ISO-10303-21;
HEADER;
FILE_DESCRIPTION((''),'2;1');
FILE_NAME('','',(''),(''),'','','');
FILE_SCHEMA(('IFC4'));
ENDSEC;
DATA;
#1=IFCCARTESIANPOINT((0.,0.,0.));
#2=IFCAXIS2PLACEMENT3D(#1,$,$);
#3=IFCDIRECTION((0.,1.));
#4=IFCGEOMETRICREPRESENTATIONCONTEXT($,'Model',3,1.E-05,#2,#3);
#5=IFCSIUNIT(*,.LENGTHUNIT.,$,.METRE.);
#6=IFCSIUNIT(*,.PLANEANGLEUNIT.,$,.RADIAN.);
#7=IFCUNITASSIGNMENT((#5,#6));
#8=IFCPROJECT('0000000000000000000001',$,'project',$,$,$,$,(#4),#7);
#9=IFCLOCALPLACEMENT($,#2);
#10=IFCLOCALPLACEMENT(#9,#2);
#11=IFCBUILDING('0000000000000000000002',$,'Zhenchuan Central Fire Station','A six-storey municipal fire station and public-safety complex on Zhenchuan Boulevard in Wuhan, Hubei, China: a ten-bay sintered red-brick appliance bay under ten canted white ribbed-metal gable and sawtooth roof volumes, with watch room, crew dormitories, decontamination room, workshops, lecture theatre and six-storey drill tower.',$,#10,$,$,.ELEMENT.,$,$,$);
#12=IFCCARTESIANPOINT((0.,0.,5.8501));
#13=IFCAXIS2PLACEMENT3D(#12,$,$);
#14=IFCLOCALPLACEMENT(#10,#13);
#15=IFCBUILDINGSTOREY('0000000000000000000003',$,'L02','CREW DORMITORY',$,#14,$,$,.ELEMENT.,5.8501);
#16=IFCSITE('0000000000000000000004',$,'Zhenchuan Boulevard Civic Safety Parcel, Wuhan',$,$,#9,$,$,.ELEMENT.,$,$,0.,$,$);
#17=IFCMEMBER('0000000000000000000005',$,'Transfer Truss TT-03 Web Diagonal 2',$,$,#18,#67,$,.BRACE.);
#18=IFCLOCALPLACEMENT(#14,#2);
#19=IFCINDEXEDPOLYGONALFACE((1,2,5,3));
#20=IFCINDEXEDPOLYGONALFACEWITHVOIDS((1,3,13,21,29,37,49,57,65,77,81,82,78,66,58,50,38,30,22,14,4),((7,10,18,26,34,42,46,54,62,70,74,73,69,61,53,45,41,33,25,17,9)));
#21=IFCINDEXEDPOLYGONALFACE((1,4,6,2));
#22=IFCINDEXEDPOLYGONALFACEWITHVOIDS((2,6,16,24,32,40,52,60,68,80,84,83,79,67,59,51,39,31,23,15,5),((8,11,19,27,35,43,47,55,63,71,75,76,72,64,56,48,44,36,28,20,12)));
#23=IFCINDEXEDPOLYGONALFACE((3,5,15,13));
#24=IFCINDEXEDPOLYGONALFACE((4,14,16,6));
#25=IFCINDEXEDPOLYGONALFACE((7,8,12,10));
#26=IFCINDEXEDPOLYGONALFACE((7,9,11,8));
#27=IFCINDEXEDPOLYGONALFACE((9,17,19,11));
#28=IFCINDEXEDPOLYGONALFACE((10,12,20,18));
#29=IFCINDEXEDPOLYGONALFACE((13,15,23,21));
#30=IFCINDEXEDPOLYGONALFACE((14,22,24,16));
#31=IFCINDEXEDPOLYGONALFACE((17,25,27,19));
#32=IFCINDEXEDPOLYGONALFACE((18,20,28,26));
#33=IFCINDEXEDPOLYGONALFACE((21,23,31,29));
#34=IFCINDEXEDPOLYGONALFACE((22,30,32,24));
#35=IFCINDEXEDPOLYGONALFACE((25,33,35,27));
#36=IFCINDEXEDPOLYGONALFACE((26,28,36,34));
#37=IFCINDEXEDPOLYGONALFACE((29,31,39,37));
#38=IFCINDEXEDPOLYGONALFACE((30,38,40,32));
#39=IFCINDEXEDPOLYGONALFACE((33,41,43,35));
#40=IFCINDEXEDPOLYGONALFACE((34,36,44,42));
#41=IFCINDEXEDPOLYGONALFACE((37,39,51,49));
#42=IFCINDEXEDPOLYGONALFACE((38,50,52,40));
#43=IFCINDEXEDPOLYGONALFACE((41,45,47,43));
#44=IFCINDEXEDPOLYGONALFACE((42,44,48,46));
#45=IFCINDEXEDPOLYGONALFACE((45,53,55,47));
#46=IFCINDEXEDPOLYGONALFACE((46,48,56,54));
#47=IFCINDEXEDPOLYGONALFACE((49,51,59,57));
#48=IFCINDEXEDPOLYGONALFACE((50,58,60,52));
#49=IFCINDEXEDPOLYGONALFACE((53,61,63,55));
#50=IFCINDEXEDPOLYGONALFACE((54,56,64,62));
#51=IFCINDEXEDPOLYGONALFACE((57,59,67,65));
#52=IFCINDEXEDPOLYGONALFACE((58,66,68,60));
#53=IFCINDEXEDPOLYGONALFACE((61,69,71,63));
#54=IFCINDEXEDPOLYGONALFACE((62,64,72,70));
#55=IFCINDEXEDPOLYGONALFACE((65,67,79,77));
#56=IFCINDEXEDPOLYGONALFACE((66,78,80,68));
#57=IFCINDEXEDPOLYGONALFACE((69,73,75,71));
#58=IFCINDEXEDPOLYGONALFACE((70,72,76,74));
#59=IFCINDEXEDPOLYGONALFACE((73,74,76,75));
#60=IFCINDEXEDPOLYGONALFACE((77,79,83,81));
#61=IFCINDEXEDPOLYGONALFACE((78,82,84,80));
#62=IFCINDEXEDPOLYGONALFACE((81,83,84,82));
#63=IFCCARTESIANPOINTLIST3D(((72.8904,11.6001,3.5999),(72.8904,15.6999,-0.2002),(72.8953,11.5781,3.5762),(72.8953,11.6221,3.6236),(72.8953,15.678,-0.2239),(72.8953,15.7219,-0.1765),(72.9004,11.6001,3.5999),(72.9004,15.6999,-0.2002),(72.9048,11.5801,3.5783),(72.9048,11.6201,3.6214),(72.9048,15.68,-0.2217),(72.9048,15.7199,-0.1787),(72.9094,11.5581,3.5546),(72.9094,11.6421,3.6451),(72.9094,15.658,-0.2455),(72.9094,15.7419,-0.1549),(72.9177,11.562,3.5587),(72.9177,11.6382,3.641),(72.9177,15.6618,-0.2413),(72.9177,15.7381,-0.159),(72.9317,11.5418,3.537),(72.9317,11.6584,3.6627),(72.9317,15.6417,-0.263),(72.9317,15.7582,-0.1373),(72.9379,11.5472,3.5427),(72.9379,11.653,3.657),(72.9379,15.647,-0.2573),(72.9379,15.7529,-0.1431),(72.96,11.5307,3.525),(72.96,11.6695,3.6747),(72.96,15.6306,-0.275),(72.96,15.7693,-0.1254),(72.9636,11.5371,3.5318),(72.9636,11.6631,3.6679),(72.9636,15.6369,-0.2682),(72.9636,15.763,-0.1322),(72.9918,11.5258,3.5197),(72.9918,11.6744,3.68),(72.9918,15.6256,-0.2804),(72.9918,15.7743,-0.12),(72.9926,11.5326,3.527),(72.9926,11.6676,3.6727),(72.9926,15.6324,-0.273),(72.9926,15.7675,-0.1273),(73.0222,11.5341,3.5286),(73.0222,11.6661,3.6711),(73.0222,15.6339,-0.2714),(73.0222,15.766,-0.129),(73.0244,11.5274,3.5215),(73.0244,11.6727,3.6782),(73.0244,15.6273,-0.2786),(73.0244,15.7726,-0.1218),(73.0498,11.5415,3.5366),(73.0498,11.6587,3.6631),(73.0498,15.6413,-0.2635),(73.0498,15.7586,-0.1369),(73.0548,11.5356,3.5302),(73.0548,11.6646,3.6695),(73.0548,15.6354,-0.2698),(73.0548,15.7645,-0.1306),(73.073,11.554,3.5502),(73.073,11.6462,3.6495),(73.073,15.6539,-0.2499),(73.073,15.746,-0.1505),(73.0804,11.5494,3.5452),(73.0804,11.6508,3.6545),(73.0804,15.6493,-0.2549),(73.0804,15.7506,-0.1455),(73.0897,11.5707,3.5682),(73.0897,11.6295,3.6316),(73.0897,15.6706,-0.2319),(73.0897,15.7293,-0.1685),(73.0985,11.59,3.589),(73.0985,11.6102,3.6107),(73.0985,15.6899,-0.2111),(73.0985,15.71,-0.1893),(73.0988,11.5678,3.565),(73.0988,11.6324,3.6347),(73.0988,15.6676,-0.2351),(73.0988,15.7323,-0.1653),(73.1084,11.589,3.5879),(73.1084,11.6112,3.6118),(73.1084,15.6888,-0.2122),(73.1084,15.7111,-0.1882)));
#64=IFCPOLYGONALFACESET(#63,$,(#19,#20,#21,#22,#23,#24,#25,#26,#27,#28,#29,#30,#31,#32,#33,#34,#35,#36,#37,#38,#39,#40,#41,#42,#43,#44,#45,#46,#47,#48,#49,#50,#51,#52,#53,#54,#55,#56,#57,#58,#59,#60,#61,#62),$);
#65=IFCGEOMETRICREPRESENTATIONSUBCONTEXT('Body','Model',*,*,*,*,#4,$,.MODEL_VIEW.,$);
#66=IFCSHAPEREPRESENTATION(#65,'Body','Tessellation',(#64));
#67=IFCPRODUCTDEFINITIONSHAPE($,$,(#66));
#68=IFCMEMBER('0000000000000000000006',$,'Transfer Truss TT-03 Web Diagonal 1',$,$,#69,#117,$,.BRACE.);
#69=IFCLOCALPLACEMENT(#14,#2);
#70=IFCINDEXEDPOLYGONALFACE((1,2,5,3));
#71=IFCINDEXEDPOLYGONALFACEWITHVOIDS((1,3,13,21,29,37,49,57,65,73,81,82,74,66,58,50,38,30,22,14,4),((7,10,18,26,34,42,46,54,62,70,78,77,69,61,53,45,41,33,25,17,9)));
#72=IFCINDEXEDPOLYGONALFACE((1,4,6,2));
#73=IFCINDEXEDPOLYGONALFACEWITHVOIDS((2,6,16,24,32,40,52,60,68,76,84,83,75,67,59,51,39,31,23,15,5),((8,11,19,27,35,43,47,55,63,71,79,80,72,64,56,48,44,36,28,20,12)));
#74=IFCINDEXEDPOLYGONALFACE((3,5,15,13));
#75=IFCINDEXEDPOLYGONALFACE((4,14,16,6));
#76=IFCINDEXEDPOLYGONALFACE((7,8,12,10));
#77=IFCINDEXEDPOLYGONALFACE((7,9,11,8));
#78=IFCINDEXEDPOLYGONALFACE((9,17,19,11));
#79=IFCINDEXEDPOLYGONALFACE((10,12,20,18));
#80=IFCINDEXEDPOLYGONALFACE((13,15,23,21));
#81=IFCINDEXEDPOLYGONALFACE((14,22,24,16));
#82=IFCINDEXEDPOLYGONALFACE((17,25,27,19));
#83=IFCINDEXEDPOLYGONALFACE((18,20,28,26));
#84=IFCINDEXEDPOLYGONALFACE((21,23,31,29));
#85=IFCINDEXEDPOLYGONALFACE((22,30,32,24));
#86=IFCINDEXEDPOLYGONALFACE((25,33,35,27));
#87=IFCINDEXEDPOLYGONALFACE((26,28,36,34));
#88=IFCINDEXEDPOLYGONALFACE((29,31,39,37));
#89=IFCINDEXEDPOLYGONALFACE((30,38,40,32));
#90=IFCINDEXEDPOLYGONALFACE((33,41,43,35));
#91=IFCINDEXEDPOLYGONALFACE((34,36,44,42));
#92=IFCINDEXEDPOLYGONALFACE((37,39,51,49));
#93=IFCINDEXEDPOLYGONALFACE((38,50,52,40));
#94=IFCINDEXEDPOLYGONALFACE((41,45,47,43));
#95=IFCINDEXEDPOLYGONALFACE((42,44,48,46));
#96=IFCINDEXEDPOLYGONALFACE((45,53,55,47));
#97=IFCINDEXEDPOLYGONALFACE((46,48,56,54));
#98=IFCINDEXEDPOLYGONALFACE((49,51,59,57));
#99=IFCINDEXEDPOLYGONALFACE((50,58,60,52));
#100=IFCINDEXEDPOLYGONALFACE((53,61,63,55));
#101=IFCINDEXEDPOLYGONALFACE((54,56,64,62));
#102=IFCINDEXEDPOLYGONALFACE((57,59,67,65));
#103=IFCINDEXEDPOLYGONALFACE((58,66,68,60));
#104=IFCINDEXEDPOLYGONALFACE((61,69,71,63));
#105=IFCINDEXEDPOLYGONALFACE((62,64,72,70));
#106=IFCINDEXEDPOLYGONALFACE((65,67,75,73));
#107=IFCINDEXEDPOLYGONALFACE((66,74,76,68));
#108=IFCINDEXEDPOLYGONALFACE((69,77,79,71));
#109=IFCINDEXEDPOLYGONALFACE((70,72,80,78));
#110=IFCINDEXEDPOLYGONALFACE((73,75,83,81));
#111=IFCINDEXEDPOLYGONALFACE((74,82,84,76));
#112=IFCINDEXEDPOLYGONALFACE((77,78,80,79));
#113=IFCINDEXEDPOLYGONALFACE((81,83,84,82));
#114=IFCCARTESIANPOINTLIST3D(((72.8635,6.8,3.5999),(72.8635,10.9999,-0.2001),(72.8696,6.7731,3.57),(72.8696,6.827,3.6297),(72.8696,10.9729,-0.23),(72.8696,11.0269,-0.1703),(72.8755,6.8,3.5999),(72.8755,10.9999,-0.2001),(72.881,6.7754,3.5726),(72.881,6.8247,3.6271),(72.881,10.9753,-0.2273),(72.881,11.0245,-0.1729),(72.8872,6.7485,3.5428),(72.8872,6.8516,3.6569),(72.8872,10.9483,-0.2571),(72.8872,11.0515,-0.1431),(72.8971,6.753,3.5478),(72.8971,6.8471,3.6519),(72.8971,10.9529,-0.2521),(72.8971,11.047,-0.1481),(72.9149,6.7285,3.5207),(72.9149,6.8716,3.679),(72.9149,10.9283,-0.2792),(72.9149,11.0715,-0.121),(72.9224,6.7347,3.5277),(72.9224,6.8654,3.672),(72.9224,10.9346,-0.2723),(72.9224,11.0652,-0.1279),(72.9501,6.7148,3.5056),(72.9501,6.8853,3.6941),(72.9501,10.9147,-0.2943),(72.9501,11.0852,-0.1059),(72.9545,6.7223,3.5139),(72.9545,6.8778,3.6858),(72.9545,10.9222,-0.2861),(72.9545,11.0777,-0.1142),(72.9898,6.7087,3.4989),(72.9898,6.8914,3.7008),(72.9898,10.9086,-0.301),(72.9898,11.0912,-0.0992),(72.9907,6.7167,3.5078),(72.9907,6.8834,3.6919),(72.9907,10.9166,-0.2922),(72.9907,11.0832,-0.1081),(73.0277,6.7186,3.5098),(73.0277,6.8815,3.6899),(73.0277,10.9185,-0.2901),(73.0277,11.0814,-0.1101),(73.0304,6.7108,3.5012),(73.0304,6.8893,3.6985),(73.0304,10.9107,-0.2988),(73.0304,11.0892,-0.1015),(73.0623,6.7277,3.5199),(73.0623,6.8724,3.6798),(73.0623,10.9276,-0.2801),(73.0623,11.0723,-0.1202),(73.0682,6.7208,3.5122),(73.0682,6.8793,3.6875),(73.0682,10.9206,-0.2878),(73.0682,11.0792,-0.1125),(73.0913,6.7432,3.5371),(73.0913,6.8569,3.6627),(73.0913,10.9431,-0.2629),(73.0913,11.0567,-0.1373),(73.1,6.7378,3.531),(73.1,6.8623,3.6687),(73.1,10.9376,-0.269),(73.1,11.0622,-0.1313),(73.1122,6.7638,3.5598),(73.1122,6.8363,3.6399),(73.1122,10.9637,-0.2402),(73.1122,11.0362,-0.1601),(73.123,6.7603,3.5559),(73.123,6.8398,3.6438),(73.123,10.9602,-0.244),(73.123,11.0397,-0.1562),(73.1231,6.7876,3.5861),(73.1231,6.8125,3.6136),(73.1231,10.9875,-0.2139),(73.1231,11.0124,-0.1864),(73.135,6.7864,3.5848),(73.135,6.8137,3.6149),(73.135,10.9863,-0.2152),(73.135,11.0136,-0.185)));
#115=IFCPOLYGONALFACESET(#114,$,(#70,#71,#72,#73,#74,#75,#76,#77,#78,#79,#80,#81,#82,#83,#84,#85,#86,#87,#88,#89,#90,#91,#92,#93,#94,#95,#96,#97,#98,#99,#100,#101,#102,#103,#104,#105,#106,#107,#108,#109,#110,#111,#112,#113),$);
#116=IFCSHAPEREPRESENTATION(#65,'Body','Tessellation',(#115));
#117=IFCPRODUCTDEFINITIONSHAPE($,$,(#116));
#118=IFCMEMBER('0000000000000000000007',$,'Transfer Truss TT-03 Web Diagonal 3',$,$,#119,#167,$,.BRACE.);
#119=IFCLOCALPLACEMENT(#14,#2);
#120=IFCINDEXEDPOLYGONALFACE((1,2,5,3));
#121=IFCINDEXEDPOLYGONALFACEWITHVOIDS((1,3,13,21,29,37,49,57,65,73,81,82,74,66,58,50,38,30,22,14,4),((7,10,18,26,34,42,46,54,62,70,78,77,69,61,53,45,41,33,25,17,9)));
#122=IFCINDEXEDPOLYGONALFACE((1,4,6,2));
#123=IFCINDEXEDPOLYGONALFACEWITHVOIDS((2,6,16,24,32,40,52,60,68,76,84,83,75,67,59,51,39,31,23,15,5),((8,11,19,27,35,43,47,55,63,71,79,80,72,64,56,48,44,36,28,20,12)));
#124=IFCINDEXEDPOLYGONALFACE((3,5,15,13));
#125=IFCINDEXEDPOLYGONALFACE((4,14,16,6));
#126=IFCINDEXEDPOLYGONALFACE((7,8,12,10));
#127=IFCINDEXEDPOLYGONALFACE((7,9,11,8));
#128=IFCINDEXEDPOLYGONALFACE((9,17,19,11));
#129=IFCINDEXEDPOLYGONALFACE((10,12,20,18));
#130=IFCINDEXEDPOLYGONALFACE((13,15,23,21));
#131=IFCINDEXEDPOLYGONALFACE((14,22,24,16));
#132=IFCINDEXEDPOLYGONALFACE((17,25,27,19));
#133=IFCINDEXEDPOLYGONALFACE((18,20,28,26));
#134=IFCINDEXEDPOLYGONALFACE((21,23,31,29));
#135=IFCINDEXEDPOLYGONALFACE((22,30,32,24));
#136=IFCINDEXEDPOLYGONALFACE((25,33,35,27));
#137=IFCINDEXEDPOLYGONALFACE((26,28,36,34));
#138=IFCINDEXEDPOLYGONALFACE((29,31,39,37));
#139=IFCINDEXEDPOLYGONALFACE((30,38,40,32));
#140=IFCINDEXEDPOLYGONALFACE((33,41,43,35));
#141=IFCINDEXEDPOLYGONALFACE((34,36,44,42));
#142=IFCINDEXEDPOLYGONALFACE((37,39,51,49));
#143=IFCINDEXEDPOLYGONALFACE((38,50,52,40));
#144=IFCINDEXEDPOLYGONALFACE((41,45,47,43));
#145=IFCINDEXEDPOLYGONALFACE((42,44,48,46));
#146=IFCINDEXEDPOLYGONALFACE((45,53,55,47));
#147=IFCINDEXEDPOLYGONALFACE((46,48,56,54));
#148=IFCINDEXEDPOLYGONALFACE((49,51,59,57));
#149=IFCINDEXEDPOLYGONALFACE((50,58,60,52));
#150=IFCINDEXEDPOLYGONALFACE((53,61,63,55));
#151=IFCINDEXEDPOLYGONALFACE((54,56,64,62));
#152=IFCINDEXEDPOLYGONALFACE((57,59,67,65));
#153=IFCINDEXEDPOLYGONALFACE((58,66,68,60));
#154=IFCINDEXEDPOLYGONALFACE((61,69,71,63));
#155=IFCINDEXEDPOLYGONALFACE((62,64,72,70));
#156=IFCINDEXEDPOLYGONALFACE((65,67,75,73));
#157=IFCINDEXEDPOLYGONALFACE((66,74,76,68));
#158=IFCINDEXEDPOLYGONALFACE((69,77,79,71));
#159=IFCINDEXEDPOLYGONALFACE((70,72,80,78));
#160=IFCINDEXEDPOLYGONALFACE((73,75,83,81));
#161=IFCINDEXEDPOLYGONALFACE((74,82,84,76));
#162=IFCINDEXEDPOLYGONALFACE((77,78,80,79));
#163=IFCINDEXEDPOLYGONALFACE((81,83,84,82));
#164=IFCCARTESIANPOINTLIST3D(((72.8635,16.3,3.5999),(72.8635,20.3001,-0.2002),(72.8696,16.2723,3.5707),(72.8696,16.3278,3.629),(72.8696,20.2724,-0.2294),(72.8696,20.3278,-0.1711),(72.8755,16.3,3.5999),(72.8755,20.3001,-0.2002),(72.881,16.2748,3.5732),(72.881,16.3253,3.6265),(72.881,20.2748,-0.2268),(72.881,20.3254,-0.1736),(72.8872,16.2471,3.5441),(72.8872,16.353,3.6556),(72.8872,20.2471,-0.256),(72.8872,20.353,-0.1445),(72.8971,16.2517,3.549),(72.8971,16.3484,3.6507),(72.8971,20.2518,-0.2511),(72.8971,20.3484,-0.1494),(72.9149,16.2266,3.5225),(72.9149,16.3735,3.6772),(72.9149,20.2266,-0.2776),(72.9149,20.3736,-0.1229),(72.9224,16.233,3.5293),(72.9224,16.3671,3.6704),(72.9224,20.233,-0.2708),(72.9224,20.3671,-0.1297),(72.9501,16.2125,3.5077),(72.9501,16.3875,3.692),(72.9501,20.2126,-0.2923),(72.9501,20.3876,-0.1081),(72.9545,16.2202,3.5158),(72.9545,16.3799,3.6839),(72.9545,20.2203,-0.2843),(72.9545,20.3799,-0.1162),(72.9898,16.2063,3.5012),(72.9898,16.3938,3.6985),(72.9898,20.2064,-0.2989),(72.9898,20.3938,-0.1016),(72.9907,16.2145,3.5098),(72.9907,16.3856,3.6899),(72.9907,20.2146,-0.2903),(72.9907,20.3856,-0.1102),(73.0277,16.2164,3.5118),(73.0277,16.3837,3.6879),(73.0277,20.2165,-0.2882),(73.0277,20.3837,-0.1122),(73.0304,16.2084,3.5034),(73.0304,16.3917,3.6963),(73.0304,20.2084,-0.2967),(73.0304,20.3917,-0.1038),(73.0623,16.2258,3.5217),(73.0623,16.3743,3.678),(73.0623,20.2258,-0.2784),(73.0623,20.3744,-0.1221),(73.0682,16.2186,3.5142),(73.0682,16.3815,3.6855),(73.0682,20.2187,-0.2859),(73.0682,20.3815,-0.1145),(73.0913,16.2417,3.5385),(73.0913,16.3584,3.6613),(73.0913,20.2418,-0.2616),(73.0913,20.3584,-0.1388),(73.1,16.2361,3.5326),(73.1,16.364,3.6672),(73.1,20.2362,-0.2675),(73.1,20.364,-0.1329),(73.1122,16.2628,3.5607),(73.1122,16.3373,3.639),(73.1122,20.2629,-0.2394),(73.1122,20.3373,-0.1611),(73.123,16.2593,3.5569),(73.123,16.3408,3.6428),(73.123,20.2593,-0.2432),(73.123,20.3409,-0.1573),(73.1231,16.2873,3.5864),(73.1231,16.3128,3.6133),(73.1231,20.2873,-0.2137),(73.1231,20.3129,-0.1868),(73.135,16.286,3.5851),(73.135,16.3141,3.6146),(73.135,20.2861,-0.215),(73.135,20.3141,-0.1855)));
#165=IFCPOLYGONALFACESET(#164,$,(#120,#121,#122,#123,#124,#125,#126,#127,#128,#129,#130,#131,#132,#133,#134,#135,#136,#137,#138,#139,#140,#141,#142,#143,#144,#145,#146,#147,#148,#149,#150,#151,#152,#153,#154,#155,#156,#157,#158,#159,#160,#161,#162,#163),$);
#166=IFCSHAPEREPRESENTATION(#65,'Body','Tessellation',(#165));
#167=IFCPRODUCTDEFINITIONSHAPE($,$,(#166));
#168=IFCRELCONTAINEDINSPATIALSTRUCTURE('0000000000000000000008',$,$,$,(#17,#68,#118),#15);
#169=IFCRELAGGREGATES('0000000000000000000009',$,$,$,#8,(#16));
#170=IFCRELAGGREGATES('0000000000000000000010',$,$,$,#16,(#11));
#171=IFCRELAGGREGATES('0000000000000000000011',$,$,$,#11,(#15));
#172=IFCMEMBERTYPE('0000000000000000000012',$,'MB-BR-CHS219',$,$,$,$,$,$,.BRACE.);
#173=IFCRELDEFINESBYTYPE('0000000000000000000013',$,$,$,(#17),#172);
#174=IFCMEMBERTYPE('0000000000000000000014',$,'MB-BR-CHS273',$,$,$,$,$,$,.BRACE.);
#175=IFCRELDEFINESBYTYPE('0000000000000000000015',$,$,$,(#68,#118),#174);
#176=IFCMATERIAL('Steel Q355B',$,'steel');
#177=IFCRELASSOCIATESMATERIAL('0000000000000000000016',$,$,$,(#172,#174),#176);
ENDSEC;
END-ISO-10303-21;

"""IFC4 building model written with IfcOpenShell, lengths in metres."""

from ifc_helpers import new_model, si_unit, direction, frame, origin, origin_2d, place, context, subcontext, project, spatial, hollow_circle, extrude, material, material_profile, profile_set, type_object, element, save


model = new_model("IFC4")

# Units and contexts
model_context = context("Model", 3, precision=1e-05, world=origin(), true_north=direction((0.0, 1.0)))
body_context = subcontext(model_context, "Body", "Model", "MODEL_VIEW")
ifc_project = project(units=[si_unit("LENGTHUNIT", "METRE"), si_unit("PLANEANGLEUNIT", "RADIAN")], contexts=[model_context])

# Site, building, storey
site_placement = place(None, origin())
site = spatial("IfcSite", under=ifc_project, at=site_placement, Name="Zhenchuan Boulevard Civic Safety Parcel, Wuhan", CompositionType="ELEMENT", RefElevation=0.0)
building_placement = place(site_placement, origin())
building = spatial("IfcBuilding", under=site, at=building_placement, Name="Zhenchuan Central Fire Station", Description="A six-storey municipal fire station and public-safety complex on Zhenchuan Boulevard in Wuhan, Hubei, China: a ten-bay sintered red-brick appliance bay under ten canted white ribbed-metal gable and sawtooth roof volumes, with watch room, crew dormitories, decontamination room, workshops, lecture theatre and six-storey drill tower.", CompositionType="ELEMENT")
storey_placement = place(building_placement, frame((0.0, 0.0, 5.8501)))
storey = spatial("IfcBuildingStorey", under=building, at=storey_placement, Name="L02", Description="CREW DORMITORY", CompositionType="ELEMENT", Elevation=5.8501)

# Shared definitions
ifc_material_1 = material(Name="Steel Q355B", Category="steel")

# Members
ifc_material_profile_1 = material_profile(ifc_material_1, hollow_circle(Radius=0.1096, WallThickness=0.01, at=origin_2d()), Name="CHS 219.1x10")
ifc_profile_set_1 = profile_set([ifc_material_profile_1], Name="Steel Q355B")
member_type_1 = type_object("IfcMemberType", Name="MB-BR-CHS219", PredefinedType="BRACE", material=ifc_profile_set_1)
member_1_placement = place(storey_placement, frame((73.0, 11.6001, 3.5999), z_axis=(0.0, 0.733414, -0.679782), x_axis=(-1.0, 0.0, 0.0)))
element("IfcMember", 1, at=member_1_placement, inside=storey, type_object=member_type_1, Name="Transfer Truss TT-03 Web Diagonal 2", PredefinedType="BRACE", context=body_context, shape_type="SweptSolid", body=[
    extrude(hollow_circle(Radius=0.1096, WallThickness=0.01, at=origin_2d()), origin(), (0.0, 0.0, 1.0), 5.5901),
])
ifc_material_profile_2 = material_profile(ifc_material_1, hollow_circle(Radius=0.1365, WallThickness=0.012, at=origin_2d()), Name="CHS 273x12")
ifc_profile_set_2 = profile_set([ifc_material_profile_2], Name="Steel Q355B")
member_type_2 = type_object("IfcMemberType", Name="MB-BR-CHS273", PredefinedType="BRACE", material=ifc_profile_set_2)
member_2_placement = place(storey_placement, frame((73.0, 6.8, 3.5999), z_axis=(0.0, 0.741528, -0.670922), x_axis=(-1.0, 0.0, 0.0)))
element("IfcMember", 2, at=member_2_placement, inside=storey, type_object=member_type_2, Name="Transfer Truss TT-03 Web Diagonal 1", PredefinedType="BRACE", context=body_context, shape_type="SweptSolid", body=[
    extrude(hollow_circle(Radius=0.1365, WallThickness=0.012, at=origin_2d()), origin(), (0.0, 0.0, 1.0), 5.6638),
])
member_3_placement = place(storey_placement, frame((73.0, 16.3, 3.5999), z_axis=(0.0, 0.724995, -0.688754), x_axis=(-1.0, 0.0, 0.0)))
element("IfcMember", 3, at=member_3_placement, inside=storey, type_object=member_type_2, Name="Transfer Truss TT-03 Web Diagonal 3", PredefinedType="BRACE", context=body_context, shape_type="SweptSolid", body=[
    extrude(hollow_circle(Radius=0.1365, WallThickness=0.012, at=origin_2d()), origin(), (0.0, 0.0, 1.0), 5.5173),
])

save(model, "model.ifc")
